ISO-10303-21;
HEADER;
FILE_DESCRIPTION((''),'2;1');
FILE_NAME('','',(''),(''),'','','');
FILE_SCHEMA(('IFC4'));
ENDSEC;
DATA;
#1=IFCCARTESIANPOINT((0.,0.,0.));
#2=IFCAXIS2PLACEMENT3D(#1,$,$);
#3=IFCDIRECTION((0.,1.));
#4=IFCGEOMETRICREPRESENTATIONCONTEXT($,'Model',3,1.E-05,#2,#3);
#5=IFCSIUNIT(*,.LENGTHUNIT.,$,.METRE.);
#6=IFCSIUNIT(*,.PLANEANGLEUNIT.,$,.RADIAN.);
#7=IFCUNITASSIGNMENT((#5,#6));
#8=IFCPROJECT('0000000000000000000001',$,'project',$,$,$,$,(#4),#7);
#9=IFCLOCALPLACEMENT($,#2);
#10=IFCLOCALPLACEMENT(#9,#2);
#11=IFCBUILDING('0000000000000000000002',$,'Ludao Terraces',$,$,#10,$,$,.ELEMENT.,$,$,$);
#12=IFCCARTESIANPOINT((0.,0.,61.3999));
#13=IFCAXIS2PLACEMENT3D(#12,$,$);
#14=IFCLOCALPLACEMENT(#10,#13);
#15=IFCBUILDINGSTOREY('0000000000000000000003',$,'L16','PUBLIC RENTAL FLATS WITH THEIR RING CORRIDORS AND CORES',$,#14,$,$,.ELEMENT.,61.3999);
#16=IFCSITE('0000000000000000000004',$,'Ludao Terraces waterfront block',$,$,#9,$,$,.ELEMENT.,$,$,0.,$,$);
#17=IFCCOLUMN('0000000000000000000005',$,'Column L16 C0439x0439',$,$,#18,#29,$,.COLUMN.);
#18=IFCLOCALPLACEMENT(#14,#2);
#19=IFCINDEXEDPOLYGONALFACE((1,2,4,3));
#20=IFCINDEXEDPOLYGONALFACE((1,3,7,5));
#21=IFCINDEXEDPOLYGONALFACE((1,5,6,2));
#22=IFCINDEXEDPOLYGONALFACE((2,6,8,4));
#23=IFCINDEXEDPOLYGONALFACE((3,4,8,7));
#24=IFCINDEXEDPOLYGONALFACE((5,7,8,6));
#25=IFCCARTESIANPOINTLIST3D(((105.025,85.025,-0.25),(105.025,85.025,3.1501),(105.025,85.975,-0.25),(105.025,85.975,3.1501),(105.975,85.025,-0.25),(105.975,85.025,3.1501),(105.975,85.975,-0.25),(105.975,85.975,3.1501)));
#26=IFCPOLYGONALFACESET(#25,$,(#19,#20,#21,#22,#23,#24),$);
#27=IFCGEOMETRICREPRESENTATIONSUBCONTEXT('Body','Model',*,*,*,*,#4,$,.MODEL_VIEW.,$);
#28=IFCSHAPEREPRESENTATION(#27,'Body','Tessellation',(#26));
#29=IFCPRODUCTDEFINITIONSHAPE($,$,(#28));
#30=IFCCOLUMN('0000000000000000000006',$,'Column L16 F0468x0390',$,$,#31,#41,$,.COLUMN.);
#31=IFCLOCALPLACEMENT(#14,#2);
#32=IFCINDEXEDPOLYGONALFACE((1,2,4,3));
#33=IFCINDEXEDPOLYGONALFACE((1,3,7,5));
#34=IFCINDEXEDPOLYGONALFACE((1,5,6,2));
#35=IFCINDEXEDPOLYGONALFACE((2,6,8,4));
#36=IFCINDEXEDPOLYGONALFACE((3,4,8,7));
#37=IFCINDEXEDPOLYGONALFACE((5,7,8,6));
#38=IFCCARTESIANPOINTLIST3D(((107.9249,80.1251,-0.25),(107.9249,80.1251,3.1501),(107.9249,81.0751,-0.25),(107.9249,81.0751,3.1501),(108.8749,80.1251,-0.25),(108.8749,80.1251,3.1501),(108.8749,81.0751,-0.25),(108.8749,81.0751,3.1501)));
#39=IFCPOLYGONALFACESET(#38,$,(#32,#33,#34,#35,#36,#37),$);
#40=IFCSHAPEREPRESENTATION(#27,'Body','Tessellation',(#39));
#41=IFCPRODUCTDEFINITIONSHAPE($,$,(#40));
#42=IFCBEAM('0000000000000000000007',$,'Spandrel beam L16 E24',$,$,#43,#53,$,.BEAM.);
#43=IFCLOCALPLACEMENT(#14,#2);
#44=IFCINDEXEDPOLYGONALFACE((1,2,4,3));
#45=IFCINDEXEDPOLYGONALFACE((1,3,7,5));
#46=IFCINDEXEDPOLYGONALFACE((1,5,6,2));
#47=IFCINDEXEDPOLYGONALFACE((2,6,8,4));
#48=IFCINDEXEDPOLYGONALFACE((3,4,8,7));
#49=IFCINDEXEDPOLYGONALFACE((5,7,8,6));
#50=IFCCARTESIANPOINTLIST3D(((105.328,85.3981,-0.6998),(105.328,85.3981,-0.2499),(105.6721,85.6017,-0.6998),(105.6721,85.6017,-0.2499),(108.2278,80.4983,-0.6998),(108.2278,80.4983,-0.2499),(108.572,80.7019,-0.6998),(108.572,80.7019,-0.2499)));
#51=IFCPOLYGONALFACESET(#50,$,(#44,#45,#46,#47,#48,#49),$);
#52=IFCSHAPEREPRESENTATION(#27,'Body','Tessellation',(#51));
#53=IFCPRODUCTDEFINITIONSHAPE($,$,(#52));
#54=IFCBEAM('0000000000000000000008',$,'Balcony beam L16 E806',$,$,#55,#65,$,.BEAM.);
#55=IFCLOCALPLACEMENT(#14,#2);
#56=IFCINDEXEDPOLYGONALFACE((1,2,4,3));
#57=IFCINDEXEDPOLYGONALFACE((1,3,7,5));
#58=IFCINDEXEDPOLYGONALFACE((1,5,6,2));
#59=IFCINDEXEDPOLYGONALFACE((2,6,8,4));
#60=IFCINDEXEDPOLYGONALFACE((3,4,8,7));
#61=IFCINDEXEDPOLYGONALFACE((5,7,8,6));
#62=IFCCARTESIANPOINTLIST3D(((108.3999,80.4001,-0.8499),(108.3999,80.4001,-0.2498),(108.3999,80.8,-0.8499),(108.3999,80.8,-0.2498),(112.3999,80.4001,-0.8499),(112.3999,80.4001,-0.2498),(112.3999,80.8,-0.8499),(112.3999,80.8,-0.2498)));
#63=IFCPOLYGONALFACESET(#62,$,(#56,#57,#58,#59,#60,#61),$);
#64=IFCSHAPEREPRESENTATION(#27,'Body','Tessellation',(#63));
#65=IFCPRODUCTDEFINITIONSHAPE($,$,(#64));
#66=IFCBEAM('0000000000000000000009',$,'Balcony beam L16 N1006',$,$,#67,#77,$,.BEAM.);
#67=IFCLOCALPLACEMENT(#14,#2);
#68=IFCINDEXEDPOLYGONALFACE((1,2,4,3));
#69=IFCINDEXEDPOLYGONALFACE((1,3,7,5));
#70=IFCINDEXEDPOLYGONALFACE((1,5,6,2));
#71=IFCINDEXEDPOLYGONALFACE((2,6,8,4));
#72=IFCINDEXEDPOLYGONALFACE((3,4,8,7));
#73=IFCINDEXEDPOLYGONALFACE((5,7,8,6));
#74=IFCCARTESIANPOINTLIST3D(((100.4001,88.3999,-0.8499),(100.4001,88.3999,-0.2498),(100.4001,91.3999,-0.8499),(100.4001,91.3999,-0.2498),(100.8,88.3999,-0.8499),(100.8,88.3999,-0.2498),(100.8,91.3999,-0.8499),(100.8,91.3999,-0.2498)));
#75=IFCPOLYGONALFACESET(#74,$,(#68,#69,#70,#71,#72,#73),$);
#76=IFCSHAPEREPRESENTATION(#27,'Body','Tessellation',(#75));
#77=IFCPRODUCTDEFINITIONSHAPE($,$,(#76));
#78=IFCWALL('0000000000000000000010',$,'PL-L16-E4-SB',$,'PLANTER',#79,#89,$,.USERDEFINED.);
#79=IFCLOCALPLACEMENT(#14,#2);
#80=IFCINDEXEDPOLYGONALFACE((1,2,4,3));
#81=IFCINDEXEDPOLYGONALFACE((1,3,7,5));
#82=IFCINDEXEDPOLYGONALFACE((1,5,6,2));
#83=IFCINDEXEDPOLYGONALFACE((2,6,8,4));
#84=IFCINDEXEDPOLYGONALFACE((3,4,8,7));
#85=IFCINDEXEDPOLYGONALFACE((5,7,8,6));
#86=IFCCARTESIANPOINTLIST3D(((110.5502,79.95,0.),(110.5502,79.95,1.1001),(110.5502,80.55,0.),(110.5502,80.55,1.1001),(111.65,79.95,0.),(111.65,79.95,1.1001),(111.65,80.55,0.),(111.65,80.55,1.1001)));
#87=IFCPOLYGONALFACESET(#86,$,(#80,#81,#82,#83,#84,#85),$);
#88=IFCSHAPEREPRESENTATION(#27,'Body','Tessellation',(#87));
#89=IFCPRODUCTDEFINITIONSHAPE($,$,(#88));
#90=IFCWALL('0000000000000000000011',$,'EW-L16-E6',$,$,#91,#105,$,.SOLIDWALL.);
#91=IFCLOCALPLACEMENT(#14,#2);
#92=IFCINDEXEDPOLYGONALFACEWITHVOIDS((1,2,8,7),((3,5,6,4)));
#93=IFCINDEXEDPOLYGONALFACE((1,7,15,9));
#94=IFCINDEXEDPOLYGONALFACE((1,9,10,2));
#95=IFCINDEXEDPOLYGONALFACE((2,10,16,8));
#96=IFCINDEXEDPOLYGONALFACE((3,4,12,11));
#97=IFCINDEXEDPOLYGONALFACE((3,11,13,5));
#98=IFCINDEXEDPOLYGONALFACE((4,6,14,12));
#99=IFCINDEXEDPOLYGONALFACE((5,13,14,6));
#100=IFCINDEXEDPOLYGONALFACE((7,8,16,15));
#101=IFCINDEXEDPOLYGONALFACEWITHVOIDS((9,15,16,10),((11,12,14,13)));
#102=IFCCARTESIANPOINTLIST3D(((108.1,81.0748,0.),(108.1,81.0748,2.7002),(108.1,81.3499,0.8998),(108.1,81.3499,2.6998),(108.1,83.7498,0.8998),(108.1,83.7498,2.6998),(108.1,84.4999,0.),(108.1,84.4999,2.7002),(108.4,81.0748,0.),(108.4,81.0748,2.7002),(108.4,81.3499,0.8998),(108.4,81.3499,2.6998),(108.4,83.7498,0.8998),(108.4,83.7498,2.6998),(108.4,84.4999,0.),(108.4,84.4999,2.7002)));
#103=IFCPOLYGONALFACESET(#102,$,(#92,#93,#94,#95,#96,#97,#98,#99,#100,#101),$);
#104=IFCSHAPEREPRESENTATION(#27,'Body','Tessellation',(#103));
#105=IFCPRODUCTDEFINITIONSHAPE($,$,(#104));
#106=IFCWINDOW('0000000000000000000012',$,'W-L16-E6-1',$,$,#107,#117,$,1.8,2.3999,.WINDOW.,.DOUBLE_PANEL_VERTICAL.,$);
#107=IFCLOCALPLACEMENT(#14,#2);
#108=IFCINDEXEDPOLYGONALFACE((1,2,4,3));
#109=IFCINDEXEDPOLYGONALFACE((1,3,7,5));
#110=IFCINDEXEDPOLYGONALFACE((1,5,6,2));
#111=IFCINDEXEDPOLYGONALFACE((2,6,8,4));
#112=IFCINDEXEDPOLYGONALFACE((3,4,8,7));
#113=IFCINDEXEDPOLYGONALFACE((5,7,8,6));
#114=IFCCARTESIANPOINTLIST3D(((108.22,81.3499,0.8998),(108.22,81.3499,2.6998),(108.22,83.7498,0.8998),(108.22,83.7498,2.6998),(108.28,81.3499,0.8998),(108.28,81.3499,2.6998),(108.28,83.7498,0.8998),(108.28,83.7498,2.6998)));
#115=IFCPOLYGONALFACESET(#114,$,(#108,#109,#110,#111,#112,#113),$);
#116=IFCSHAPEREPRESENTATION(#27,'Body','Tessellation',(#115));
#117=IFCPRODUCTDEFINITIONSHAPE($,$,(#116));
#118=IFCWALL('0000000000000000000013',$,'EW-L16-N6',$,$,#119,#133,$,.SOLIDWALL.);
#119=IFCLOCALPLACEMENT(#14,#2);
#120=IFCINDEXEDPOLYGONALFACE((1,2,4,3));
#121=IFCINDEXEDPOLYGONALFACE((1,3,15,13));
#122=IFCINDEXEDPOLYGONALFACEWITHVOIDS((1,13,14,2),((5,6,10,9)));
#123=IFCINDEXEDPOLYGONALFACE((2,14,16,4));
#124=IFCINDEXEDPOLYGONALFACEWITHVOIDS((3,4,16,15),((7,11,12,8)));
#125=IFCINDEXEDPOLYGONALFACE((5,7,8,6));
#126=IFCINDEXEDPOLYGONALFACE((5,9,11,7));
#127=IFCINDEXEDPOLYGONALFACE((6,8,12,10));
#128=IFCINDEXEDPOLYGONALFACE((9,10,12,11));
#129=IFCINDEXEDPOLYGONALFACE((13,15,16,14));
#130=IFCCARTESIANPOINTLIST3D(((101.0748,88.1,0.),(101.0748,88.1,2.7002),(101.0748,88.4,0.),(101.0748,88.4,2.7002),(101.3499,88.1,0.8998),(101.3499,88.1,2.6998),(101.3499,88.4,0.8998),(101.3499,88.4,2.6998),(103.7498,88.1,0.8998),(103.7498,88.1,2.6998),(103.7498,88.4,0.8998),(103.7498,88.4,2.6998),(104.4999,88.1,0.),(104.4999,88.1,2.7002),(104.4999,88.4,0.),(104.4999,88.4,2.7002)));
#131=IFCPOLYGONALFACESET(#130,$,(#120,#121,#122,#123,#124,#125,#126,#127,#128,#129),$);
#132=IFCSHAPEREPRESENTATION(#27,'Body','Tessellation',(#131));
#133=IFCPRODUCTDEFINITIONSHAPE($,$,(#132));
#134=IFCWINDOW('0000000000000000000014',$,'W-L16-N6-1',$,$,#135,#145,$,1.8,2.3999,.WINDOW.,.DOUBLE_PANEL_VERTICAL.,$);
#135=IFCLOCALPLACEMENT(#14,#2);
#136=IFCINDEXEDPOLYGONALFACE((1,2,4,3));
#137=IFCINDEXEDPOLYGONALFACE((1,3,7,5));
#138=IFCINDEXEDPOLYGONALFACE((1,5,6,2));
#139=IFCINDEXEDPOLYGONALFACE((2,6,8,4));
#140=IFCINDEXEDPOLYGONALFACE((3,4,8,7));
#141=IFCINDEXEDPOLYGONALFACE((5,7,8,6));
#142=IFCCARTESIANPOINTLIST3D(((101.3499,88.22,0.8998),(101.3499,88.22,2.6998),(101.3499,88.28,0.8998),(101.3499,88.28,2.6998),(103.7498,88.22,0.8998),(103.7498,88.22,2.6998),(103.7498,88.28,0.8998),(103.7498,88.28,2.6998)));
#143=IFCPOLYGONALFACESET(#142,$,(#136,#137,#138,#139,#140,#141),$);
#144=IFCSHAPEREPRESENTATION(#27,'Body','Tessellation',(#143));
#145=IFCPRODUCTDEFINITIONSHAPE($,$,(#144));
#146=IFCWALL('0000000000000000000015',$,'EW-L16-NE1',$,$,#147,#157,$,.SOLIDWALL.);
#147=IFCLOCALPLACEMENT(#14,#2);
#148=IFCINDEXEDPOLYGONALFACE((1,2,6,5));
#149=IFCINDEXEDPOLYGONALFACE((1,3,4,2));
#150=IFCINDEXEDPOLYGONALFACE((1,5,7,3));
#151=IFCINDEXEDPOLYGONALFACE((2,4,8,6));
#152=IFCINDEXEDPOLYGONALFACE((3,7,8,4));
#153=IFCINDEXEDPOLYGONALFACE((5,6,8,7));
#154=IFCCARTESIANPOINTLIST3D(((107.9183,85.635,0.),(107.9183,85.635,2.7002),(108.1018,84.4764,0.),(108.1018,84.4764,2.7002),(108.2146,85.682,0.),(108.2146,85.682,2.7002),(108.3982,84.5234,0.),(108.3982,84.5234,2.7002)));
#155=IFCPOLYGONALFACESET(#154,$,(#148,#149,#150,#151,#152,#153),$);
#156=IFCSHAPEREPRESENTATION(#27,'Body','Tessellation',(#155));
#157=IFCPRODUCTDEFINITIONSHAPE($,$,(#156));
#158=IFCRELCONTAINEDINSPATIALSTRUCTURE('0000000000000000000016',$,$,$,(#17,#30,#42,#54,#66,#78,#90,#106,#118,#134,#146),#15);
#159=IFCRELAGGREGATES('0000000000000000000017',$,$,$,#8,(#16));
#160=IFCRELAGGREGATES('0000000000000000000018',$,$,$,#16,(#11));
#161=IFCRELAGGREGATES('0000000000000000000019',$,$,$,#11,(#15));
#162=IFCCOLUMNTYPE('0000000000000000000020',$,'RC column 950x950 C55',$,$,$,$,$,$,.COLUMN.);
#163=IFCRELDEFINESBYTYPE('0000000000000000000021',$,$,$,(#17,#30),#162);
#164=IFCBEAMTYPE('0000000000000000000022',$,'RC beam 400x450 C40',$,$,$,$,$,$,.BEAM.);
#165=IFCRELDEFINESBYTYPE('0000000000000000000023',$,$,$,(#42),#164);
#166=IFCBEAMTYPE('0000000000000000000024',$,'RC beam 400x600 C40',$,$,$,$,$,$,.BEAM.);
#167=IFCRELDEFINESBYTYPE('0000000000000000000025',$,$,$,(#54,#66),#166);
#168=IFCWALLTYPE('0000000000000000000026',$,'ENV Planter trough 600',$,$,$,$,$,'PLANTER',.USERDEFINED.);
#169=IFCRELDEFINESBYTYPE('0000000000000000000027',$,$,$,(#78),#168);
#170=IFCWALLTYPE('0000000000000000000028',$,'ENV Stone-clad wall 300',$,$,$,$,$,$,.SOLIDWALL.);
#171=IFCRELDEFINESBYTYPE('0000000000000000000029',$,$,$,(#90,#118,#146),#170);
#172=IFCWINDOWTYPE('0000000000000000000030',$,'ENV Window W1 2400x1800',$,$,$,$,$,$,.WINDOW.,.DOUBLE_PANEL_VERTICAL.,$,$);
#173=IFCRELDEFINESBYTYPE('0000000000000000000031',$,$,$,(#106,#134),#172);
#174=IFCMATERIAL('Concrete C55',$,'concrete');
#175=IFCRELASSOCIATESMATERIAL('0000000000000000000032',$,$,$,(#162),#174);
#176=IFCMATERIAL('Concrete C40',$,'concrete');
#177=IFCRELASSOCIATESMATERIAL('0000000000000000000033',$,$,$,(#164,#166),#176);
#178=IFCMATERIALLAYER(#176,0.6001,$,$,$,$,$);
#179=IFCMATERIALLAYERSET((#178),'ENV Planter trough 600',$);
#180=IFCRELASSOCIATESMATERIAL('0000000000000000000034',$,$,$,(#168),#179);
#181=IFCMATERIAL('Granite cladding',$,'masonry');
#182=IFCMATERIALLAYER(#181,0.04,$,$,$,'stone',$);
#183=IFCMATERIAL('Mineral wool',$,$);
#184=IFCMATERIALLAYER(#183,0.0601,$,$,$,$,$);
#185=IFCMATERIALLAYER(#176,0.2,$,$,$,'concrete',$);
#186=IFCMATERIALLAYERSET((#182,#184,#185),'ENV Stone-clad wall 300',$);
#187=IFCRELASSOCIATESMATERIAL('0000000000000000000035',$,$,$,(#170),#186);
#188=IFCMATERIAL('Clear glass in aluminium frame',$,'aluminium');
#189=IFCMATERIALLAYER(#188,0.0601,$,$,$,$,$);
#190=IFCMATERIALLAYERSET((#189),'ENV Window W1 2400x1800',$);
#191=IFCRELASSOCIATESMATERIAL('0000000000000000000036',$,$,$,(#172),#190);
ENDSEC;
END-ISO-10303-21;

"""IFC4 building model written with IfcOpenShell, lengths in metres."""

from ifc_helpers import new_model, si_unit, direction, frame, frame_2d, origin, origin_2d, place, context, subcontext, project, spatial, rectangle, extrude, material, layer, layer_set, material_profile, profile_set, type_object, element, fill, save


model = new_model("IFC4")

# Units and contexts
model_context = context("Model", 3, precision=1e-05, world=origin(), true_north=direction((0.0, 1.0)))
body_context = subcontext(model_context, "Body", "Model", "MODEL_VIEW")
ifc_project = project(units=[si_unit("LENGTHUNIT", "METRE"), si_unit("PLANEANGLEUNIT", "RADIAN")], contexts=[model_context])

# Site, building, storey
site_placement = place(None, origin())
site = spatial("IfcSite", under=ifc_project, at=site_placement, Name="Ludao Terraces waterfront block", CompositionType="ELEMENT", RefElevation=0.0)
building_placement = place(site_placement, origin())
building = spatial("IfcBuilding", under=site, at=building_placement, Name="Ludao Terraces", CompositionType="ELEMENT")
storey_placement = place(building_placement, frame((0.0, 0.0, 61.3999)))
storey = spatial("IfcBuildingStorey", under=building, at=storey_placement, Name="L16", Description="PUBLIC RENTAL FLATS WITH THEIR RING CORRIDORS AND CORES", CompositionType="ELEMENT", Elevation=61.3999)

# Columns
ifc_material_1 = material(Name="Concrete C55", Category="concrete")
ifc_material_profile_1 = material_profile(ifc_material_1, rectangle(XDim=0.95, YDim=0.95, at=origin_2d()), Name="950 X 950")
ifc_profile_set_1 = profile_set([ifc_material_profile_1], Name="Concrete C55")
column_type = type_object("IfcColumnType", Name="RC column 950x950 C55", PredefinedType="COLUMN", material=ifc_profile_set_1)
for number, where, z_axis, x_axis, name in (
    (1, (105.5, 85.5, -0.25), (0.0, 0.0, 1.0), (1.0, 0.0, 0.0), "Column L16 C0439x0439"),
    (2, (108.3999, 80.6001, -0.25), (0.0, 0.0, 1.0), (1.0, 0.0, 0.0), "Column L16 F0468x0390"),
):
    element("IfcColumn", number, at=place(storey_placement, frame(where, z_axis=z_axis, x_axis=x_axis)), inside=storey, type_object=column_type, Name=name, PredefinedType="COLUMN", context=body_context, shape_type="SweptSolid", body=[
        extrude(rectangle(XDim=0.95, YDim=0.95, at=origin_2d()), origin(), (0.0, 0.0, 1.0), 3.4001),
    ])

# Beams
ifc_material_2 = material(Name="Concrete C40", Category="concrete")
ifc_material_profile_2 = material_profile(ifc_material_2, rectangle(XDim=0.3999, YDim=0.45, at=origin_2d()), Name="400 X 450")
ifc_profile_set_2 = profile_set([ifc_material_profile_2], Name="Concrete C40")
beam_type_1 = type_object("IfcBeamType", Name="RC beam 400x450 C40", PredefinedType="BEAM", material=ifc_profile_set_2)
beam_1_placement = place(storey_placement, frame((108.3999, 80.6001, -0.4749), z_axis=(-0.509316, 0.86058, 0.0), x_axis=(-0.86058, -0.509316, 0.0)))
element("IfcBeam", 3, at=beam_1_placement, inside=storey, type_object=beam_type_1, Name="Spandrel beam L16 E24", PredefinedType="BEAM", context=body_context, shape_type="SweptSolid", body=[
    extrude(rectangle(XDim=0.3999, YDim=0.45, at=origin_2d()), origin(), (0.0, 0.0, 1.0), 5.6936),
])
ifc_material_profile_3 = material_profile(ifc_material_2, rectangle(XDim=0.3999, YDim=0.6001, at=origin_2d()), Name="400 X 600")
ifc_profile_set_3 = profile_set([ifc_material_profile_3], Name="Concrete C40")
beam_type_2 = type_object("IfcBeamType", Name="RC beam 400x600 C40", PredefinedType="BEAM", material=ifc_profile_set_3)
beam_2_placement = place(storey_placement, frame((108.3999, 80.6001, -0.5498), z_axis=(1.0, 0.0, 0.0), x_axis=(0.0, 1.0, 0.0)))
element("IfcBeam", 4, at=beam_2_placement, inside=storey, type_object=beam_type_2, Name="Balcony beam L16 E806", PredefinedType="BEAM", context=body_context, shape_type="SweptSolid", body=[
    extrude(rectangle(XDim=0.3999, YDim=0.6001, at=origin_2d()), origin(), (0.0, 0.0, 1.0), 4.0),
])
beam_3_placement = place(storey_placement, frame((100.6001, 88.3999, -0.5498), z_axis=(0.0, 1.0, 0.0), x_axis=(-1.0, 0.0, 0.0)))
element("IfcBeam", 5, at=beam_3_placement, inside=storey, type_object=beam_type_2, Name="Balcony beam L16 N1006", PredefinedType="BEAM", context=body_context, shape_type="SweptSolid", body=[
    extrude(rectangle(XDim=0.3999, YDim=0.6001, at=origin_2d()), origin(), (0.0, 0.0, 1.0), 3.0),
])

# Wall
ifc_layer_1 = layer(ifc_material_2, 0.6001)
ifc_layer_set_1 = layer_set([ifc_layer_1], Name="ENV Planter trough 600")
wall_type_1 = type_object("IfcWallType", Name="ENV Planter trough 600", ElementType="PLANTER", PredefinedType="USERDEFINED", material=ifc_layer_set_1)
wall_1_placement = place(storey_placement, frame((111.6499, 80.25, 0.0), z_axis=(0.0, 0.0, 1.0), x_axis=(-1.0, 0.0, 0.0)))
element("IfcWall", 6, at=wall_1_placement, inside=storey, type_object=wall_type_1, Name="PL-L16-E4-SB", ObjectType="PLANTER", PredefinedType="USERDEFINED", context=body_context, shape_type="SweptSolid", body=[
    extrude(rectangle(XDim=1.0999, YDim=0.6001, at=frame_2d((0.5498, 0.0))), origin(), (0.0, 0.0, 1.0), 1.1001),
])

# Walls, openings, windows
ifc_material_3 = material(Name="Granite cladding", Category="masonry")
ifc_layer_2 = layer(ifc_material_3, 0.04, Category="stone")
ifc_material_4 = material(Name="Mineral wool")
ifc_layer_3 = layer(ifc_material_4, 0.0601)
ifc_layer_4 = layer(ifc_material_2, 0.2, Category="concrete")
ifc_layer_set_2 = layer_set([ifc_layer_2, ifc_layer_3, ifc_layer_4], Name="ENV Stone-clad wall 300")
wall_type_2 = type_object("IfcWallType", Name="ENV Stone-clad wall 300", PredefinedType="SOLIDWALL", material=ifc_layer_set_2)
wall_2_placement = place(storey_placement, frame((108.25, 81.075, 0.0), z_axis=(0.0, 0.0, 1.0), x_axis=(0.0, 1.0, 0.0)))
wall_2 = element("IfcWall", 7, at=wall_2_placement, inside=storey, type_object=wall_type_2, Name="EW-L16-E6", PredefinedType="SOLIDWALL", context=body_context, shape_type="SweptSolid", body=[
    extrude(rectangle(XDim=3.425, YDim=0.3, at=frame_2d((1.7124, 0.0))), origin(), (0.0, 0.0, 1.0), 2.7002),
])
opening_1_placement = place(wall_2_placement, frame((0.2749, 0.0, 0.8999)))
opening_1 = element("IfcOpeningElement", 8, at=opening_1_placement, cuts=wall_2, PredefinedType="OPENING", context=body_context, shape_type="SweptSolid", body=[
    extrude(rectangle(XDim=2.3999, YDim=1.8, at=frame_2d((1.2, 0.8999))), frame((0.0, 0.1602, 0.0), z_axis=(0.0, -1.0, 0.0), x_axis=(1.0, 0.0, 0.0)), (0.0, 0.0, 1.0), 0.3201),
])
ifc_material_5 = material(Name="Clear glass in aluminium frame", Category="aluminium")
ifc_layer_5 = layer(ifc_material_5, 0.0601)
ifc_layer_set_3 = layer_set([ifc_layer_5], Name="ENV Window W1 2400x1800")
window_type_1 = type_object("IfcWindowType", Name="ENV Window W1 2400x1800", PartitioningType="DOUBLE_PANEL_VERTICAL", PredefinedType="WINDOW", material=ifc_layer_set_3)
window_1_placement = place(opening_1_placement, origin())
window_1 = element("IfcWindow", 9, at=window_1_placement, inside=storey, type_object=window_type_1, Name="W-L16-E6-1", OverallHeight=1.8, OverallWidth=2.3999, PartitioningType="DOUBLE_PANEL_VERTICAL", PredefinedType="WINDOW", context=body_context, shape_type="SweptSolid", body=[
    extrude(rectangle(XDim=2.3999, YDim=1.8, at=frame_2d((1.2, 0.8999))), frame((0.0, 0.03, 0.0), z_axis=(0.0, -1.0, 0.0), x_axis=(1.0, 0.0, 0.0)), (0.0, 0.0, 1.0), 0.0601),
])
fill(opening_1, window_1)
wall_3_placement = place(storey_placement, frame((101.075, 88.25, 0.0), z_axis=(0.0, 0.0, 1.0), x_axis=(1.0, 0.0, 0.0)))
wall_3 = element("IfcWall", 10, at=wall_3_placement, inside=storey, type_object=wall_type_2, Name="EW-L16-N6", PredefinedType="SOLIDWALL", context=body_context, shape_type="SweptSolid", body=[
    extrude(rectangle(XDim=3.425, YDim=0.3, at=frame_2d((1.7124, 0.0))), origin(), (0.0, 0.0, 1.0), 2.7002),
])
opening_2_placement = place(wall_3_placement, frame((0.2749, 0.0, 0.8999)))
opening_2 = element("IfcOpeningElement", 11, at=opening_2_placement, cuts=wall_3, PredefinedType="OPENING", context=body_context, shape_type="SweptSolid", body=[
    extrude(rectangle(XDim=2.3999, YDim=1.8, at=frame_2d((1.2, 0.8999))), frame((0.0, 0.1602, 0.0), z_axis=(0.0, -1.0, 0.0), x_axis=(1.0, 0.0, 0.0)), (0.0, 0.0, 1.0), 0.3201),
])
window_2_placement = place(opening_2_placement, origin())
window_2 = element("IfcWindow", 12, at=window_2_placement, inside=storey, type_object=window_type_1, Name="W-L16-N6-1", OverallHeight=1.8, OverallWidth=2.3999, PartitioningType="DOUBLE_PANEL_VERTICAL", PredefinedType="WINDOW", context=body_context, shape_type="SweptSolid", body=[
    extrude(rectangle(XDim=2.3999, YDim=1.8, at=frame_2d((1.2, 0.8999))), frame((0.0, 0.03, 0.0), z_axis=(0.0, -1.0, 0.0), x_axis=(1.0, 0.0, 0.0)), (0.0, 0.0, 1.0), 0.0601),
])
fill(opening_2, window_2)

# Wall
wall_4_placement = place(storey_placement, frame((108.25, 84.5, 0.0), z_axis=(0.0, 0.0, 1.0), x_axis=(-0.156497, 0.987678, 0.0)))
element("IfcWall", 13, at=wall_4_placement, inside=storey, type_object=wall_type_2, Name="EW-L16-NE1", PredefinedType="SOLIDWALL", context=body_context, shape_type="SweptSolid", body=[
    extrude(rectangle(XDim=1.1731, YDim=0.3, at=frame_2d((0.5864, 0.0))), origin(), (0.0, 0.0, 1.0), 2.7002),
])

save(model, "model.ifc")
